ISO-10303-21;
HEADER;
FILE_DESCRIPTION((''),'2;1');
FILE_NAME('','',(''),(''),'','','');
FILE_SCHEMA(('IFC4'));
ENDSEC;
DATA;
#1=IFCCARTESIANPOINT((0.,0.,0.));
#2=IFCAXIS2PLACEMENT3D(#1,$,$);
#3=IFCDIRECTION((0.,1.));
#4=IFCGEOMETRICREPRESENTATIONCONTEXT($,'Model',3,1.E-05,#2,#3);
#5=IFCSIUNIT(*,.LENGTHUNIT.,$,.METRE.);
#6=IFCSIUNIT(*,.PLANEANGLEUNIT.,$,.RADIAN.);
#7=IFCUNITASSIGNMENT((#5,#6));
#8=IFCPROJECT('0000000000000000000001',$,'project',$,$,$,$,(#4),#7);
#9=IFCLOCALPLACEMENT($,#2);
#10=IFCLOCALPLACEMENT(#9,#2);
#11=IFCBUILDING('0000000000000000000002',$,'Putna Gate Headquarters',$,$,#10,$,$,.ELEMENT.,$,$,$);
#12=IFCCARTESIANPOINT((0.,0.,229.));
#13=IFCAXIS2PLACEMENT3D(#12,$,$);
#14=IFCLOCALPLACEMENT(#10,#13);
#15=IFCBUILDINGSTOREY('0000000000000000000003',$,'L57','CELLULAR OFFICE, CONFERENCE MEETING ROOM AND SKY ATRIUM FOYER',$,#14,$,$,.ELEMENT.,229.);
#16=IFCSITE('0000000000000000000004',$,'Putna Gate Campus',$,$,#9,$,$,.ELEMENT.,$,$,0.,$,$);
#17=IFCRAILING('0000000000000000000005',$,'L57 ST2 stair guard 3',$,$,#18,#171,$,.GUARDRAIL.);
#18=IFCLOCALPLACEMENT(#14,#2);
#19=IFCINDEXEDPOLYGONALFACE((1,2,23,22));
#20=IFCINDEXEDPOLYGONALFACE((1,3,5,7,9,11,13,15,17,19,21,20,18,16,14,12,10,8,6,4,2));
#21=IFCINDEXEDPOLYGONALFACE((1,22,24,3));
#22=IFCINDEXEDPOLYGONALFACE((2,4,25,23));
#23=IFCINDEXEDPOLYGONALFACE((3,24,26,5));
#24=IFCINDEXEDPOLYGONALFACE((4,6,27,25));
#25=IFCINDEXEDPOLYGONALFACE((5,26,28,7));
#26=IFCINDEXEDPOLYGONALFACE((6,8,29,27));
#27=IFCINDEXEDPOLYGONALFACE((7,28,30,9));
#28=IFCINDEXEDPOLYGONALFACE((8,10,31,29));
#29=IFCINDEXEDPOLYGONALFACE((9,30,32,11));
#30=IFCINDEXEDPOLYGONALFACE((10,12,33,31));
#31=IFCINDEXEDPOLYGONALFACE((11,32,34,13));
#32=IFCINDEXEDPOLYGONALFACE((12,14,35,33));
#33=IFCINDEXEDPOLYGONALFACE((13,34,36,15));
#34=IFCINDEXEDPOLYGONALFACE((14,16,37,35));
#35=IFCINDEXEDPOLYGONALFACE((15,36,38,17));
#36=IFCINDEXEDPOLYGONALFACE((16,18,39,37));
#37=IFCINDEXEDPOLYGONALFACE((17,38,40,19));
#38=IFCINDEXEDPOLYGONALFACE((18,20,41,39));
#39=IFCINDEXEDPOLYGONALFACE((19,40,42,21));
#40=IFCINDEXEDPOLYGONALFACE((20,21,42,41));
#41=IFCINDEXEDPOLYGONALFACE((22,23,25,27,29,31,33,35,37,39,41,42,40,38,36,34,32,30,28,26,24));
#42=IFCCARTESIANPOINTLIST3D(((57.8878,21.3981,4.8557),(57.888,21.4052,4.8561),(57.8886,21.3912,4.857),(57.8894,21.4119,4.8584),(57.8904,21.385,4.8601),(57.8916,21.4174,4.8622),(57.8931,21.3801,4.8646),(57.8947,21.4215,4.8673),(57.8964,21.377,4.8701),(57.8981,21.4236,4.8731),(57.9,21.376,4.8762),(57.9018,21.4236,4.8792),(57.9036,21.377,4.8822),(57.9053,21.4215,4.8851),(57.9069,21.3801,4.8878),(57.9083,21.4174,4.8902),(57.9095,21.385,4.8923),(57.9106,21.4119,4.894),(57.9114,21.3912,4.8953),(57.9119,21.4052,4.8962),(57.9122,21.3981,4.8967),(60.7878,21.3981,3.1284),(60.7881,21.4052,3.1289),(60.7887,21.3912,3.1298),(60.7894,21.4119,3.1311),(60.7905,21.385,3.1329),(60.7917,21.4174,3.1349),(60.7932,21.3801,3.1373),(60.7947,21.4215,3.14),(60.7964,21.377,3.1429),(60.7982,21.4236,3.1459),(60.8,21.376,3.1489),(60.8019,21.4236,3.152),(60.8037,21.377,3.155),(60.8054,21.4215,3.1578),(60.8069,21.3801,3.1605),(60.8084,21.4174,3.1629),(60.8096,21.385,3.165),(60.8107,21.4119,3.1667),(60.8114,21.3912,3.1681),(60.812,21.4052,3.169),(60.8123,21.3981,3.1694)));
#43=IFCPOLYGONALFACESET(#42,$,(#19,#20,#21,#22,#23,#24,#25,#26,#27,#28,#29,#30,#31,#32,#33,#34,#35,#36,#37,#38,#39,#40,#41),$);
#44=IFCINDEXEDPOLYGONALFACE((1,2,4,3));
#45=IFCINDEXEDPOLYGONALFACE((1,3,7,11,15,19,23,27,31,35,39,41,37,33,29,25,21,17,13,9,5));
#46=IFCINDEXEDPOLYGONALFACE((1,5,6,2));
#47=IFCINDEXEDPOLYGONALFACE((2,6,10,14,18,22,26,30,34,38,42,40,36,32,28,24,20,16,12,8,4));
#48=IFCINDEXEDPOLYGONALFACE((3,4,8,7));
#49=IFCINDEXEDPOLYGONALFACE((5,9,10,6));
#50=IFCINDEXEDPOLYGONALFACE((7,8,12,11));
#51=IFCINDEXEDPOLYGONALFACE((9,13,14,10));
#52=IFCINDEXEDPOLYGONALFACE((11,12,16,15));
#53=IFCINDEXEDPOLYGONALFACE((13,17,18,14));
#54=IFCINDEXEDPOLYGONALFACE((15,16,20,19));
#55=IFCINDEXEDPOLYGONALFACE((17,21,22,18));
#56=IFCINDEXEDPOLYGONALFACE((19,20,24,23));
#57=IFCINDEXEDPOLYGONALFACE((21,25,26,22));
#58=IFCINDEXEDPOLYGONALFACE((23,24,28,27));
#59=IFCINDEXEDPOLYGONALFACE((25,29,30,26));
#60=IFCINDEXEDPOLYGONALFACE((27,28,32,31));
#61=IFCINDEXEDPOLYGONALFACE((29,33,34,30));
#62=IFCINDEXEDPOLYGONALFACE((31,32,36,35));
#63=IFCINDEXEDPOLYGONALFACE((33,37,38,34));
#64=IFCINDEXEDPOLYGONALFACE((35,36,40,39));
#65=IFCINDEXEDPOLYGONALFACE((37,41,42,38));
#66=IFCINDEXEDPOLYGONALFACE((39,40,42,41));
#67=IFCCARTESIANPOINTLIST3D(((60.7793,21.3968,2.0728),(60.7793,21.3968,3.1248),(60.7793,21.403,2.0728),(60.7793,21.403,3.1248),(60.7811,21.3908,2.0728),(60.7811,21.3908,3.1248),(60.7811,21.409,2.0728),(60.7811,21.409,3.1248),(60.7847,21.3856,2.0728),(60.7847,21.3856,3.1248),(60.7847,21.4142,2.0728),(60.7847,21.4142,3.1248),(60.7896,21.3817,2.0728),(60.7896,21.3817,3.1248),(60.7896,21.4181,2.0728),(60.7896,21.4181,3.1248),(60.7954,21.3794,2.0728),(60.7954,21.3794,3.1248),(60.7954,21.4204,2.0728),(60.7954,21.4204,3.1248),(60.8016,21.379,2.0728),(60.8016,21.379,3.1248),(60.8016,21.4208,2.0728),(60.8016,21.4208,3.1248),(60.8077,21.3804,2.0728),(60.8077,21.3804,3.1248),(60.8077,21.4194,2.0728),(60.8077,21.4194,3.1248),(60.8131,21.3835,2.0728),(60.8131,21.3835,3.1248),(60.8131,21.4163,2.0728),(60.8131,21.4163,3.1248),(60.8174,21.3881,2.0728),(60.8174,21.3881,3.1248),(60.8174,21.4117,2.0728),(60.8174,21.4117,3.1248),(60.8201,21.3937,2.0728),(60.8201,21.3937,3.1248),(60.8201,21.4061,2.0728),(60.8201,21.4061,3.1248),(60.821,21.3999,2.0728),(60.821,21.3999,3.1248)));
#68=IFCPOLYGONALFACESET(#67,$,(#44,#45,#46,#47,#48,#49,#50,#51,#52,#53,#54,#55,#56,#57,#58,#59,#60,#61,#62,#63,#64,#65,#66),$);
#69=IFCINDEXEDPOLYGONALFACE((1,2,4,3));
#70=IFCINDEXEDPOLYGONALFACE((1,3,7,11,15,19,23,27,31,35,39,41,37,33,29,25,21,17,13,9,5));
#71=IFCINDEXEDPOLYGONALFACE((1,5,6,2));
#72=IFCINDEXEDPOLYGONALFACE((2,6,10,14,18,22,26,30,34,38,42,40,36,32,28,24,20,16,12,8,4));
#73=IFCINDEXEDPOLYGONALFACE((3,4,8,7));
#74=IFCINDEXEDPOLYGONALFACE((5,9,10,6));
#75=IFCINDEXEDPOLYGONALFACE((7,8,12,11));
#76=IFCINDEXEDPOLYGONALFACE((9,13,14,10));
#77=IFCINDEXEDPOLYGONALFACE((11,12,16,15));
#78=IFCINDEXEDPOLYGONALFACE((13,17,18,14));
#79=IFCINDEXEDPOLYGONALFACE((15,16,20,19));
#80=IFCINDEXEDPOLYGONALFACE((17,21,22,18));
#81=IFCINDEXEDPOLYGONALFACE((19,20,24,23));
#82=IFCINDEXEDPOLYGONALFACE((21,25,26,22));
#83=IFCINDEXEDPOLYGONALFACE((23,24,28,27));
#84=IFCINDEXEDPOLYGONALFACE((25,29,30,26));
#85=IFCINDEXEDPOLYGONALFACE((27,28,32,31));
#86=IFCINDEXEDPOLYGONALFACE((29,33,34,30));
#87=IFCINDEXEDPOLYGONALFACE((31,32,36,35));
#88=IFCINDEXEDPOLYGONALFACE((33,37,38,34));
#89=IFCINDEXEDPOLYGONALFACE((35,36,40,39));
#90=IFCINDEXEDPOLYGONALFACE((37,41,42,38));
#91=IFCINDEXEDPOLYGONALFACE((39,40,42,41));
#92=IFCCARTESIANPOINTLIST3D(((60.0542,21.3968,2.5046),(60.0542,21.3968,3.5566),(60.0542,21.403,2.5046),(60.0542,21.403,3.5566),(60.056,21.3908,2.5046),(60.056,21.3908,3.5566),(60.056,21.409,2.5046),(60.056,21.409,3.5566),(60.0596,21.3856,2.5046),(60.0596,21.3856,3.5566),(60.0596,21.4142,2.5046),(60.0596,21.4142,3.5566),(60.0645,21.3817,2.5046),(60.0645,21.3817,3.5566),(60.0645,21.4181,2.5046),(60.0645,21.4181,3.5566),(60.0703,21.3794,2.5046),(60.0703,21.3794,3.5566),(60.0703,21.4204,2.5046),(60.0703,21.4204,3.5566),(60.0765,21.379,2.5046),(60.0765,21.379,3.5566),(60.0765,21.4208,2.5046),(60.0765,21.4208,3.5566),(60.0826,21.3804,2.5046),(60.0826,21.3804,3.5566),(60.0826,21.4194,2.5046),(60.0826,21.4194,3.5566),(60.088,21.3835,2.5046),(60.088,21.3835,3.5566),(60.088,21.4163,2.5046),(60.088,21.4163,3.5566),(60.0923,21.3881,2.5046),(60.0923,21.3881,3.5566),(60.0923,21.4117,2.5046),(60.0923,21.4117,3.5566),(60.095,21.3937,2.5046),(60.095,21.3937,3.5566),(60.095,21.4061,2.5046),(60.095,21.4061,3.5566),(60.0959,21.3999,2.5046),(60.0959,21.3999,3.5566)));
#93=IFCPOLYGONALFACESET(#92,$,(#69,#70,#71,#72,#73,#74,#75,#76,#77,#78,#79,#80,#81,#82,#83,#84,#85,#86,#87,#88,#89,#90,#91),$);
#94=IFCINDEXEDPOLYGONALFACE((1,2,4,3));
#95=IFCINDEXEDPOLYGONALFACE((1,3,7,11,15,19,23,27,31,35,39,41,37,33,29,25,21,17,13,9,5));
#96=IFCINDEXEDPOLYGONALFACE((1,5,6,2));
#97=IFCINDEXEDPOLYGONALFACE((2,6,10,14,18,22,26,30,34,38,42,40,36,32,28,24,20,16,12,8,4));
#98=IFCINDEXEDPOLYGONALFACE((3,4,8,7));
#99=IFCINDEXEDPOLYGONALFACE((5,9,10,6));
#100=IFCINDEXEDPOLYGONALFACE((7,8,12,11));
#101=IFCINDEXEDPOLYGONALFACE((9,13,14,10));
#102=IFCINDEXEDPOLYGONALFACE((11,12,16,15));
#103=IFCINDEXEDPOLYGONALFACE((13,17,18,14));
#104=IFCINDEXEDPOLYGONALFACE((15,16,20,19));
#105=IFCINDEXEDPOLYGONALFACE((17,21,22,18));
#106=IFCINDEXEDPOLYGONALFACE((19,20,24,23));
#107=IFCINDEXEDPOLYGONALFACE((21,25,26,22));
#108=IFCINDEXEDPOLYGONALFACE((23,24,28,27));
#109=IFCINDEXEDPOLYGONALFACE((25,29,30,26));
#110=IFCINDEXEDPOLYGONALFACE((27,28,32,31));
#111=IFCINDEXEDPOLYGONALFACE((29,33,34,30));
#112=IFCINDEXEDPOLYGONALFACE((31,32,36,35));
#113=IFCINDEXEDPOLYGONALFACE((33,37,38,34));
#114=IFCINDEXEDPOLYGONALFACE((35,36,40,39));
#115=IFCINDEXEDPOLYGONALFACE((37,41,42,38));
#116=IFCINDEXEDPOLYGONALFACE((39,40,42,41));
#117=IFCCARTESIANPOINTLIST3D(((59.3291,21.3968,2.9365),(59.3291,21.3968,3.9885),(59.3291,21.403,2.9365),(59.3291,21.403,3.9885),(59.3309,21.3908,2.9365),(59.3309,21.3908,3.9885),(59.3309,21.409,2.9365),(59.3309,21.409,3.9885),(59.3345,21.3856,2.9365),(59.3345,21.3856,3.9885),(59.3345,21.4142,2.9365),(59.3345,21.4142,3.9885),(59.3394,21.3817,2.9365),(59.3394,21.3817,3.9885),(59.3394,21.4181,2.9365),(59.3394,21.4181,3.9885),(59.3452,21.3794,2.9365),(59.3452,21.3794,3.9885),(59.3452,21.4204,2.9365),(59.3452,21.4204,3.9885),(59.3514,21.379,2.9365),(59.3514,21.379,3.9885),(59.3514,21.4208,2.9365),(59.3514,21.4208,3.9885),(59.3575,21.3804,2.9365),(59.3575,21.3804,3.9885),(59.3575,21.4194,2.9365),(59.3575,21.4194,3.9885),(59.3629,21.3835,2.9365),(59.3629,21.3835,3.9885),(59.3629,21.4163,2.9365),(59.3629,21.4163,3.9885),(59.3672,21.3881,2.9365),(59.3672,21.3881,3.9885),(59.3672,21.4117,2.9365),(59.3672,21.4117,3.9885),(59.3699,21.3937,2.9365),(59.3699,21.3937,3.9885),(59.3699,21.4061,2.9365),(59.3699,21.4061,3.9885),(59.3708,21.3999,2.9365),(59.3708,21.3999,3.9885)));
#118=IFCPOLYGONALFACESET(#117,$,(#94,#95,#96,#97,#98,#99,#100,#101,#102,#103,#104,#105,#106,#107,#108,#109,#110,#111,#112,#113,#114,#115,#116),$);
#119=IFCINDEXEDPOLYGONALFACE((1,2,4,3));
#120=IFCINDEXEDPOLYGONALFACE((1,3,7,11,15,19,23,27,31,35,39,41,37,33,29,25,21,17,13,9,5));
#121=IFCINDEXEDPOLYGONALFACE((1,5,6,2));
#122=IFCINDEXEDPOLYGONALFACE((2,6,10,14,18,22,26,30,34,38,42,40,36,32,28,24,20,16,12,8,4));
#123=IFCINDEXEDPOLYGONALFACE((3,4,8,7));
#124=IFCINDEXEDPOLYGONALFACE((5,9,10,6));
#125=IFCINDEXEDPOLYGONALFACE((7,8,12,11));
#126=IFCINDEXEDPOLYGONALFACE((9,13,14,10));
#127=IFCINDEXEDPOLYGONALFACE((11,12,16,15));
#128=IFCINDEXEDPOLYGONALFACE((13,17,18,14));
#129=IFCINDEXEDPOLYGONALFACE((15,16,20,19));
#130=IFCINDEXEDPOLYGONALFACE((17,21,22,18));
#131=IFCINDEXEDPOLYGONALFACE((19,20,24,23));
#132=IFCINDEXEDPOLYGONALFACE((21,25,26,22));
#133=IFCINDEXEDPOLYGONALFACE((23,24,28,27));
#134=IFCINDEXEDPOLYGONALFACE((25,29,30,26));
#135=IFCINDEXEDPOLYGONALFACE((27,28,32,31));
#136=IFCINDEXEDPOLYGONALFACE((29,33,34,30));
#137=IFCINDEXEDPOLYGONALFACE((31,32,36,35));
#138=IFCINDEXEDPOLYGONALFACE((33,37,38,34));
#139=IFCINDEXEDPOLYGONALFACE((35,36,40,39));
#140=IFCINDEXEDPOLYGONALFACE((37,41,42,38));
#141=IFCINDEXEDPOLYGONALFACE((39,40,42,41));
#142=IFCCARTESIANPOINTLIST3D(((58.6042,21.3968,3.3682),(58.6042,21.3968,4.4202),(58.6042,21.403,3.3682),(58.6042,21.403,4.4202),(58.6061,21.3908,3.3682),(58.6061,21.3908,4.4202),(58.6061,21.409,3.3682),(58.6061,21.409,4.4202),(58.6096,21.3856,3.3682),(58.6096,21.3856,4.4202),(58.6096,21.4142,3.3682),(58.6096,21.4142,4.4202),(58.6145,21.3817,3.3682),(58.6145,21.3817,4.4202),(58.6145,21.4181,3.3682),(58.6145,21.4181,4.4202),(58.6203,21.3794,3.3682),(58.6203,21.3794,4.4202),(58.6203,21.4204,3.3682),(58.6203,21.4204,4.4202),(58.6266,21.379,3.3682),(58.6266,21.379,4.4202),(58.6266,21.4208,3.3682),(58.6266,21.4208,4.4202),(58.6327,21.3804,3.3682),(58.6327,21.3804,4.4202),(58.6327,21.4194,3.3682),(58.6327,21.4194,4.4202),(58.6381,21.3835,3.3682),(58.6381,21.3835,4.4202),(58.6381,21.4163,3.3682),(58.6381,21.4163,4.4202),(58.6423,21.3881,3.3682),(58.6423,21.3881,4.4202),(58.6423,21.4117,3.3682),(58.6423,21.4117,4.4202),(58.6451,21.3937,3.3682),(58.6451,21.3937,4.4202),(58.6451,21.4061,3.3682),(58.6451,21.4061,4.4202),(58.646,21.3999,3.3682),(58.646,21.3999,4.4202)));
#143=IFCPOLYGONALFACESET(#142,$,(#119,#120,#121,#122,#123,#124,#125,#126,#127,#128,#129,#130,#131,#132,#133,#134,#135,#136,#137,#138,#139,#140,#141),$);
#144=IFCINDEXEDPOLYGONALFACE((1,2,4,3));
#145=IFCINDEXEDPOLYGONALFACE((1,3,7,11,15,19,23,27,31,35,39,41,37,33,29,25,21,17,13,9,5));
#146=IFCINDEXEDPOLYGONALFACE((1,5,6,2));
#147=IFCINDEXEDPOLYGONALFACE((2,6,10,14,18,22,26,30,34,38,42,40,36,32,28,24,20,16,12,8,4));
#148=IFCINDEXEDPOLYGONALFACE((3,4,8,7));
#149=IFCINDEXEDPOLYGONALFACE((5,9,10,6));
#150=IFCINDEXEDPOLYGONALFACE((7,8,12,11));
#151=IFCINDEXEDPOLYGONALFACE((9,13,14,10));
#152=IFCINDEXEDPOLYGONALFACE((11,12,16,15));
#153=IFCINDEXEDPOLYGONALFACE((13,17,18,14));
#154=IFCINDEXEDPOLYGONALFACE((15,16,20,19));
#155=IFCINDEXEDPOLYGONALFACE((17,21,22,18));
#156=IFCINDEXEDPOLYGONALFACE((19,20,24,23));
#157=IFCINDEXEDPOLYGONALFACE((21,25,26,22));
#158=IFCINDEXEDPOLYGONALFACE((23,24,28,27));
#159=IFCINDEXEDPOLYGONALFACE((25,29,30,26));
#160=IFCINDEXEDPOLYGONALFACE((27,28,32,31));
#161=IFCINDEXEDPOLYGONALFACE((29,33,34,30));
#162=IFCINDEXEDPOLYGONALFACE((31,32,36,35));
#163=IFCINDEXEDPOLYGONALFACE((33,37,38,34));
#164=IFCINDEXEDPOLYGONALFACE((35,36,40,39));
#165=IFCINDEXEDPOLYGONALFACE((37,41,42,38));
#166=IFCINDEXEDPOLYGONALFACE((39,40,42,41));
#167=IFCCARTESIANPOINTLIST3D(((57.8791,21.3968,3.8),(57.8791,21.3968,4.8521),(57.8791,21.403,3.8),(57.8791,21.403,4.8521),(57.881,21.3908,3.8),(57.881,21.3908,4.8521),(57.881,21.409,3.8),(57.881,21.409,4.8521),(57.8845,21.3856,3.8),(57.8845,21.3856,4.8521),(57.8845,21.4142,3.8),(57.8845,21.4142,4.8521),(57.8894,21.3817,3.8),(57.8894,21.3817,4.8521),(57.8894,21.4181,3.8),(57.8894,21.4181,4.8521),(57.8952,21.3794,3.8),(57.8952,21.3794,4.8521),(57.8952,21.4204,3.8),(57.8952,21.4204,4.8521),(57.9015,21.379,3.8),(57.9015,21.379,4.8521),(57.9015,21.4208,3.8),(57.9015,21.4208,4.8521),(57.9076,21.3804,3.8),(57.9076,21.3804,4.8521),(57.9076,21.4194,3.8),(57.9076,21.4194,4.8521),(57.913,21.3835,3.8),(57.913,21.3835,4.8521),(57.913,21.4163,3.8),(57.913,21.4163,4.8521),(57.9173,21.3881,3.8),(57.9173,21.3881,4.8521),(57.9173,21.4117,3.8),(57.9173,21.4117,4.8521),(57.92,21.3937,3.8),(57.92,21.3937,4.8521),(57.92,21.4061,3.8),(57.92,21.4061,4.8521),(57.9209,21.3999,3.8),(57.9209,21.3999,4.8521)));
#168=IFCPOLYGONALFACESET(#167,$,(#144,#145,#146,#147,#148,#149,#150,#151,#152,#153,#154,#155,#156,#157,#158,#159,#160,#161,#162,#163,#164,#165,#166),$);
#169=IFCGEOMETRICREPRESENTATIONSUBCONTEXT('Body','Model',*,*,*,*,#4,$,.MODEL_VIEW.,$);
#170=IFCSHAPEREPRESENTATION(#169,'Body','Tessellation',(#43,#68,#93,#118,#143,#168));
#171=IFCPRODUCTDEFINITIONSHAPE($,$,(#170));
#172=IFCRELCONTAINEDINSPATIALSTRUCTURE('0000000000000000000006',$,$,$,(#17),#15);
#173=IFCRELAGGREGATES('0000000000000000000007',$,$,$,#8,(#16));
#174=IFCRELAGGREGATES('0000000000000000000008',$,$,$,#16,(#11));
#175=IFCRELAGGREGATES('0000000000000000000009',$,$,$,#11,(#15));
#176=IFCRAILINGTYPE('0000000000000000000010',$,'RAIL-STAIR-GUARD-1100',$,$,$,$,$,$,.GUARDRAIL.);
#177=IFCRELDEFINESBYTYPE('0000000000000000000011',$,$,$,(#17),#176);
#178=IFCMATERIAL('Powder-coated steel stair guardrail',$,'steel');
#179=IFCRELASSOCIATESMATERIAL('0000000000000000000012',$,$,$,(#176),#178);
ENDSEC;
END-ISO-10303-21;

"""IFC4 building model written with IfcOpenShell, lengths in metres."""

from ifc_helpers import new_model, si_unit, direction, frame, origin, origin_2d, place, context, subcontext, project, spatial, circle, extrude, material, type_object, element, save


model = new_model("IFC4")

# Units and contexts
model_context = context("Model", 3, precision=1e-05, world=origin(), true_north=direction((0.0, 1.0)))
body_context = subcontext(model_context, "Body", "Model", "MODEL_VIEW")
ifc_project = project(units=[si_unit("LENGTHUNIT", "METRE"), si_unit("PLANEANGLEUNIT", "RADIAN")], contexts=[model_context])

# Site, building, storey
site_placement = place(None, origin())
site = spatial("IfcSite", under=ifc_project, at=site_placement, Name="Putna Gate Campus", CompositionType="ELEMENT", RefElevation=0.0)
building_placement = place(site_placement, origin())
building = spatial("IfcBuilding", under=site, at=building_placement, Name="Putna Gate Headquarters", CompositionType="ELEMENT")
storey_placement = place(building_placement, frame((0.0, 0.0, 229.0)))
storey = spatial("IfcBuildingStorey", under=building, at=storey_placement, Name="L57", Description="CELLULAR OFFICE, CONFERENCE MEETING ROOM AND SKY ATRIUM FOYER", CompositionType="ELEMENT", Elevation=229.0)

# Railing
ifc_material_1 = material(Name="Powder-coated steel stair guardrail", Category="steel")
railing_type_1 = type_object("IfcRailingType", Name="RAIL-STAIR-GUARD-1100", PredefinedType="GUARDRAIL", material=ifc_material_1)
railing_1_placement = place(storey_placement, frame((60.8, 21.3999, 2.0728)))
element("IfcRailing", 1, at=railing_1_placement, inside=storey, type_object=railing_type_1, Name="L57 ST2 stair guard 3", PredefinedType="GUARDRAIL", context=body_context, shape_type="SweptSolid", body=[
    extrude(circle(Radius=0.0239, at=origin_2d()), frame((0.0, 0.0, 1.0762), z_axis=(-0.85916, 0.0, 0.511706), x_axis=(0.0, -1.0, 0.0)), (0.0, 0.0, 1.0), 3.3755),
    extrude(circle(Radius=0.021, at=origin_2d()), origin(), (0.0, 0.0, 1.0), 1.052),
    extrude(circle(Radius=0.021, at=origin_2d()), frame((-0.7251, 0.0, 0.4319)), (0.0, 0.0, 1.0), 1.052),
    extrude(circle(Radius=0.021, at=origin_2d()), frame((-1.4502, 0.0, 0.8638)), (0.0, 0.0, 1.0), 1.052),
    extrude(circle(Radius=0.021, at=origin_2d()), frame((-2.175, 0.0, 1.2954)), (0.0, 0.0, 1.0), 1.052),
    extrude(circle(Radius=0.021, at=origin_2d()), frame((-2.9001, 0.0, 1.7273)), (0.0, 0.0, 1.0), 1.052),
])

save(model, "model.ifc")
